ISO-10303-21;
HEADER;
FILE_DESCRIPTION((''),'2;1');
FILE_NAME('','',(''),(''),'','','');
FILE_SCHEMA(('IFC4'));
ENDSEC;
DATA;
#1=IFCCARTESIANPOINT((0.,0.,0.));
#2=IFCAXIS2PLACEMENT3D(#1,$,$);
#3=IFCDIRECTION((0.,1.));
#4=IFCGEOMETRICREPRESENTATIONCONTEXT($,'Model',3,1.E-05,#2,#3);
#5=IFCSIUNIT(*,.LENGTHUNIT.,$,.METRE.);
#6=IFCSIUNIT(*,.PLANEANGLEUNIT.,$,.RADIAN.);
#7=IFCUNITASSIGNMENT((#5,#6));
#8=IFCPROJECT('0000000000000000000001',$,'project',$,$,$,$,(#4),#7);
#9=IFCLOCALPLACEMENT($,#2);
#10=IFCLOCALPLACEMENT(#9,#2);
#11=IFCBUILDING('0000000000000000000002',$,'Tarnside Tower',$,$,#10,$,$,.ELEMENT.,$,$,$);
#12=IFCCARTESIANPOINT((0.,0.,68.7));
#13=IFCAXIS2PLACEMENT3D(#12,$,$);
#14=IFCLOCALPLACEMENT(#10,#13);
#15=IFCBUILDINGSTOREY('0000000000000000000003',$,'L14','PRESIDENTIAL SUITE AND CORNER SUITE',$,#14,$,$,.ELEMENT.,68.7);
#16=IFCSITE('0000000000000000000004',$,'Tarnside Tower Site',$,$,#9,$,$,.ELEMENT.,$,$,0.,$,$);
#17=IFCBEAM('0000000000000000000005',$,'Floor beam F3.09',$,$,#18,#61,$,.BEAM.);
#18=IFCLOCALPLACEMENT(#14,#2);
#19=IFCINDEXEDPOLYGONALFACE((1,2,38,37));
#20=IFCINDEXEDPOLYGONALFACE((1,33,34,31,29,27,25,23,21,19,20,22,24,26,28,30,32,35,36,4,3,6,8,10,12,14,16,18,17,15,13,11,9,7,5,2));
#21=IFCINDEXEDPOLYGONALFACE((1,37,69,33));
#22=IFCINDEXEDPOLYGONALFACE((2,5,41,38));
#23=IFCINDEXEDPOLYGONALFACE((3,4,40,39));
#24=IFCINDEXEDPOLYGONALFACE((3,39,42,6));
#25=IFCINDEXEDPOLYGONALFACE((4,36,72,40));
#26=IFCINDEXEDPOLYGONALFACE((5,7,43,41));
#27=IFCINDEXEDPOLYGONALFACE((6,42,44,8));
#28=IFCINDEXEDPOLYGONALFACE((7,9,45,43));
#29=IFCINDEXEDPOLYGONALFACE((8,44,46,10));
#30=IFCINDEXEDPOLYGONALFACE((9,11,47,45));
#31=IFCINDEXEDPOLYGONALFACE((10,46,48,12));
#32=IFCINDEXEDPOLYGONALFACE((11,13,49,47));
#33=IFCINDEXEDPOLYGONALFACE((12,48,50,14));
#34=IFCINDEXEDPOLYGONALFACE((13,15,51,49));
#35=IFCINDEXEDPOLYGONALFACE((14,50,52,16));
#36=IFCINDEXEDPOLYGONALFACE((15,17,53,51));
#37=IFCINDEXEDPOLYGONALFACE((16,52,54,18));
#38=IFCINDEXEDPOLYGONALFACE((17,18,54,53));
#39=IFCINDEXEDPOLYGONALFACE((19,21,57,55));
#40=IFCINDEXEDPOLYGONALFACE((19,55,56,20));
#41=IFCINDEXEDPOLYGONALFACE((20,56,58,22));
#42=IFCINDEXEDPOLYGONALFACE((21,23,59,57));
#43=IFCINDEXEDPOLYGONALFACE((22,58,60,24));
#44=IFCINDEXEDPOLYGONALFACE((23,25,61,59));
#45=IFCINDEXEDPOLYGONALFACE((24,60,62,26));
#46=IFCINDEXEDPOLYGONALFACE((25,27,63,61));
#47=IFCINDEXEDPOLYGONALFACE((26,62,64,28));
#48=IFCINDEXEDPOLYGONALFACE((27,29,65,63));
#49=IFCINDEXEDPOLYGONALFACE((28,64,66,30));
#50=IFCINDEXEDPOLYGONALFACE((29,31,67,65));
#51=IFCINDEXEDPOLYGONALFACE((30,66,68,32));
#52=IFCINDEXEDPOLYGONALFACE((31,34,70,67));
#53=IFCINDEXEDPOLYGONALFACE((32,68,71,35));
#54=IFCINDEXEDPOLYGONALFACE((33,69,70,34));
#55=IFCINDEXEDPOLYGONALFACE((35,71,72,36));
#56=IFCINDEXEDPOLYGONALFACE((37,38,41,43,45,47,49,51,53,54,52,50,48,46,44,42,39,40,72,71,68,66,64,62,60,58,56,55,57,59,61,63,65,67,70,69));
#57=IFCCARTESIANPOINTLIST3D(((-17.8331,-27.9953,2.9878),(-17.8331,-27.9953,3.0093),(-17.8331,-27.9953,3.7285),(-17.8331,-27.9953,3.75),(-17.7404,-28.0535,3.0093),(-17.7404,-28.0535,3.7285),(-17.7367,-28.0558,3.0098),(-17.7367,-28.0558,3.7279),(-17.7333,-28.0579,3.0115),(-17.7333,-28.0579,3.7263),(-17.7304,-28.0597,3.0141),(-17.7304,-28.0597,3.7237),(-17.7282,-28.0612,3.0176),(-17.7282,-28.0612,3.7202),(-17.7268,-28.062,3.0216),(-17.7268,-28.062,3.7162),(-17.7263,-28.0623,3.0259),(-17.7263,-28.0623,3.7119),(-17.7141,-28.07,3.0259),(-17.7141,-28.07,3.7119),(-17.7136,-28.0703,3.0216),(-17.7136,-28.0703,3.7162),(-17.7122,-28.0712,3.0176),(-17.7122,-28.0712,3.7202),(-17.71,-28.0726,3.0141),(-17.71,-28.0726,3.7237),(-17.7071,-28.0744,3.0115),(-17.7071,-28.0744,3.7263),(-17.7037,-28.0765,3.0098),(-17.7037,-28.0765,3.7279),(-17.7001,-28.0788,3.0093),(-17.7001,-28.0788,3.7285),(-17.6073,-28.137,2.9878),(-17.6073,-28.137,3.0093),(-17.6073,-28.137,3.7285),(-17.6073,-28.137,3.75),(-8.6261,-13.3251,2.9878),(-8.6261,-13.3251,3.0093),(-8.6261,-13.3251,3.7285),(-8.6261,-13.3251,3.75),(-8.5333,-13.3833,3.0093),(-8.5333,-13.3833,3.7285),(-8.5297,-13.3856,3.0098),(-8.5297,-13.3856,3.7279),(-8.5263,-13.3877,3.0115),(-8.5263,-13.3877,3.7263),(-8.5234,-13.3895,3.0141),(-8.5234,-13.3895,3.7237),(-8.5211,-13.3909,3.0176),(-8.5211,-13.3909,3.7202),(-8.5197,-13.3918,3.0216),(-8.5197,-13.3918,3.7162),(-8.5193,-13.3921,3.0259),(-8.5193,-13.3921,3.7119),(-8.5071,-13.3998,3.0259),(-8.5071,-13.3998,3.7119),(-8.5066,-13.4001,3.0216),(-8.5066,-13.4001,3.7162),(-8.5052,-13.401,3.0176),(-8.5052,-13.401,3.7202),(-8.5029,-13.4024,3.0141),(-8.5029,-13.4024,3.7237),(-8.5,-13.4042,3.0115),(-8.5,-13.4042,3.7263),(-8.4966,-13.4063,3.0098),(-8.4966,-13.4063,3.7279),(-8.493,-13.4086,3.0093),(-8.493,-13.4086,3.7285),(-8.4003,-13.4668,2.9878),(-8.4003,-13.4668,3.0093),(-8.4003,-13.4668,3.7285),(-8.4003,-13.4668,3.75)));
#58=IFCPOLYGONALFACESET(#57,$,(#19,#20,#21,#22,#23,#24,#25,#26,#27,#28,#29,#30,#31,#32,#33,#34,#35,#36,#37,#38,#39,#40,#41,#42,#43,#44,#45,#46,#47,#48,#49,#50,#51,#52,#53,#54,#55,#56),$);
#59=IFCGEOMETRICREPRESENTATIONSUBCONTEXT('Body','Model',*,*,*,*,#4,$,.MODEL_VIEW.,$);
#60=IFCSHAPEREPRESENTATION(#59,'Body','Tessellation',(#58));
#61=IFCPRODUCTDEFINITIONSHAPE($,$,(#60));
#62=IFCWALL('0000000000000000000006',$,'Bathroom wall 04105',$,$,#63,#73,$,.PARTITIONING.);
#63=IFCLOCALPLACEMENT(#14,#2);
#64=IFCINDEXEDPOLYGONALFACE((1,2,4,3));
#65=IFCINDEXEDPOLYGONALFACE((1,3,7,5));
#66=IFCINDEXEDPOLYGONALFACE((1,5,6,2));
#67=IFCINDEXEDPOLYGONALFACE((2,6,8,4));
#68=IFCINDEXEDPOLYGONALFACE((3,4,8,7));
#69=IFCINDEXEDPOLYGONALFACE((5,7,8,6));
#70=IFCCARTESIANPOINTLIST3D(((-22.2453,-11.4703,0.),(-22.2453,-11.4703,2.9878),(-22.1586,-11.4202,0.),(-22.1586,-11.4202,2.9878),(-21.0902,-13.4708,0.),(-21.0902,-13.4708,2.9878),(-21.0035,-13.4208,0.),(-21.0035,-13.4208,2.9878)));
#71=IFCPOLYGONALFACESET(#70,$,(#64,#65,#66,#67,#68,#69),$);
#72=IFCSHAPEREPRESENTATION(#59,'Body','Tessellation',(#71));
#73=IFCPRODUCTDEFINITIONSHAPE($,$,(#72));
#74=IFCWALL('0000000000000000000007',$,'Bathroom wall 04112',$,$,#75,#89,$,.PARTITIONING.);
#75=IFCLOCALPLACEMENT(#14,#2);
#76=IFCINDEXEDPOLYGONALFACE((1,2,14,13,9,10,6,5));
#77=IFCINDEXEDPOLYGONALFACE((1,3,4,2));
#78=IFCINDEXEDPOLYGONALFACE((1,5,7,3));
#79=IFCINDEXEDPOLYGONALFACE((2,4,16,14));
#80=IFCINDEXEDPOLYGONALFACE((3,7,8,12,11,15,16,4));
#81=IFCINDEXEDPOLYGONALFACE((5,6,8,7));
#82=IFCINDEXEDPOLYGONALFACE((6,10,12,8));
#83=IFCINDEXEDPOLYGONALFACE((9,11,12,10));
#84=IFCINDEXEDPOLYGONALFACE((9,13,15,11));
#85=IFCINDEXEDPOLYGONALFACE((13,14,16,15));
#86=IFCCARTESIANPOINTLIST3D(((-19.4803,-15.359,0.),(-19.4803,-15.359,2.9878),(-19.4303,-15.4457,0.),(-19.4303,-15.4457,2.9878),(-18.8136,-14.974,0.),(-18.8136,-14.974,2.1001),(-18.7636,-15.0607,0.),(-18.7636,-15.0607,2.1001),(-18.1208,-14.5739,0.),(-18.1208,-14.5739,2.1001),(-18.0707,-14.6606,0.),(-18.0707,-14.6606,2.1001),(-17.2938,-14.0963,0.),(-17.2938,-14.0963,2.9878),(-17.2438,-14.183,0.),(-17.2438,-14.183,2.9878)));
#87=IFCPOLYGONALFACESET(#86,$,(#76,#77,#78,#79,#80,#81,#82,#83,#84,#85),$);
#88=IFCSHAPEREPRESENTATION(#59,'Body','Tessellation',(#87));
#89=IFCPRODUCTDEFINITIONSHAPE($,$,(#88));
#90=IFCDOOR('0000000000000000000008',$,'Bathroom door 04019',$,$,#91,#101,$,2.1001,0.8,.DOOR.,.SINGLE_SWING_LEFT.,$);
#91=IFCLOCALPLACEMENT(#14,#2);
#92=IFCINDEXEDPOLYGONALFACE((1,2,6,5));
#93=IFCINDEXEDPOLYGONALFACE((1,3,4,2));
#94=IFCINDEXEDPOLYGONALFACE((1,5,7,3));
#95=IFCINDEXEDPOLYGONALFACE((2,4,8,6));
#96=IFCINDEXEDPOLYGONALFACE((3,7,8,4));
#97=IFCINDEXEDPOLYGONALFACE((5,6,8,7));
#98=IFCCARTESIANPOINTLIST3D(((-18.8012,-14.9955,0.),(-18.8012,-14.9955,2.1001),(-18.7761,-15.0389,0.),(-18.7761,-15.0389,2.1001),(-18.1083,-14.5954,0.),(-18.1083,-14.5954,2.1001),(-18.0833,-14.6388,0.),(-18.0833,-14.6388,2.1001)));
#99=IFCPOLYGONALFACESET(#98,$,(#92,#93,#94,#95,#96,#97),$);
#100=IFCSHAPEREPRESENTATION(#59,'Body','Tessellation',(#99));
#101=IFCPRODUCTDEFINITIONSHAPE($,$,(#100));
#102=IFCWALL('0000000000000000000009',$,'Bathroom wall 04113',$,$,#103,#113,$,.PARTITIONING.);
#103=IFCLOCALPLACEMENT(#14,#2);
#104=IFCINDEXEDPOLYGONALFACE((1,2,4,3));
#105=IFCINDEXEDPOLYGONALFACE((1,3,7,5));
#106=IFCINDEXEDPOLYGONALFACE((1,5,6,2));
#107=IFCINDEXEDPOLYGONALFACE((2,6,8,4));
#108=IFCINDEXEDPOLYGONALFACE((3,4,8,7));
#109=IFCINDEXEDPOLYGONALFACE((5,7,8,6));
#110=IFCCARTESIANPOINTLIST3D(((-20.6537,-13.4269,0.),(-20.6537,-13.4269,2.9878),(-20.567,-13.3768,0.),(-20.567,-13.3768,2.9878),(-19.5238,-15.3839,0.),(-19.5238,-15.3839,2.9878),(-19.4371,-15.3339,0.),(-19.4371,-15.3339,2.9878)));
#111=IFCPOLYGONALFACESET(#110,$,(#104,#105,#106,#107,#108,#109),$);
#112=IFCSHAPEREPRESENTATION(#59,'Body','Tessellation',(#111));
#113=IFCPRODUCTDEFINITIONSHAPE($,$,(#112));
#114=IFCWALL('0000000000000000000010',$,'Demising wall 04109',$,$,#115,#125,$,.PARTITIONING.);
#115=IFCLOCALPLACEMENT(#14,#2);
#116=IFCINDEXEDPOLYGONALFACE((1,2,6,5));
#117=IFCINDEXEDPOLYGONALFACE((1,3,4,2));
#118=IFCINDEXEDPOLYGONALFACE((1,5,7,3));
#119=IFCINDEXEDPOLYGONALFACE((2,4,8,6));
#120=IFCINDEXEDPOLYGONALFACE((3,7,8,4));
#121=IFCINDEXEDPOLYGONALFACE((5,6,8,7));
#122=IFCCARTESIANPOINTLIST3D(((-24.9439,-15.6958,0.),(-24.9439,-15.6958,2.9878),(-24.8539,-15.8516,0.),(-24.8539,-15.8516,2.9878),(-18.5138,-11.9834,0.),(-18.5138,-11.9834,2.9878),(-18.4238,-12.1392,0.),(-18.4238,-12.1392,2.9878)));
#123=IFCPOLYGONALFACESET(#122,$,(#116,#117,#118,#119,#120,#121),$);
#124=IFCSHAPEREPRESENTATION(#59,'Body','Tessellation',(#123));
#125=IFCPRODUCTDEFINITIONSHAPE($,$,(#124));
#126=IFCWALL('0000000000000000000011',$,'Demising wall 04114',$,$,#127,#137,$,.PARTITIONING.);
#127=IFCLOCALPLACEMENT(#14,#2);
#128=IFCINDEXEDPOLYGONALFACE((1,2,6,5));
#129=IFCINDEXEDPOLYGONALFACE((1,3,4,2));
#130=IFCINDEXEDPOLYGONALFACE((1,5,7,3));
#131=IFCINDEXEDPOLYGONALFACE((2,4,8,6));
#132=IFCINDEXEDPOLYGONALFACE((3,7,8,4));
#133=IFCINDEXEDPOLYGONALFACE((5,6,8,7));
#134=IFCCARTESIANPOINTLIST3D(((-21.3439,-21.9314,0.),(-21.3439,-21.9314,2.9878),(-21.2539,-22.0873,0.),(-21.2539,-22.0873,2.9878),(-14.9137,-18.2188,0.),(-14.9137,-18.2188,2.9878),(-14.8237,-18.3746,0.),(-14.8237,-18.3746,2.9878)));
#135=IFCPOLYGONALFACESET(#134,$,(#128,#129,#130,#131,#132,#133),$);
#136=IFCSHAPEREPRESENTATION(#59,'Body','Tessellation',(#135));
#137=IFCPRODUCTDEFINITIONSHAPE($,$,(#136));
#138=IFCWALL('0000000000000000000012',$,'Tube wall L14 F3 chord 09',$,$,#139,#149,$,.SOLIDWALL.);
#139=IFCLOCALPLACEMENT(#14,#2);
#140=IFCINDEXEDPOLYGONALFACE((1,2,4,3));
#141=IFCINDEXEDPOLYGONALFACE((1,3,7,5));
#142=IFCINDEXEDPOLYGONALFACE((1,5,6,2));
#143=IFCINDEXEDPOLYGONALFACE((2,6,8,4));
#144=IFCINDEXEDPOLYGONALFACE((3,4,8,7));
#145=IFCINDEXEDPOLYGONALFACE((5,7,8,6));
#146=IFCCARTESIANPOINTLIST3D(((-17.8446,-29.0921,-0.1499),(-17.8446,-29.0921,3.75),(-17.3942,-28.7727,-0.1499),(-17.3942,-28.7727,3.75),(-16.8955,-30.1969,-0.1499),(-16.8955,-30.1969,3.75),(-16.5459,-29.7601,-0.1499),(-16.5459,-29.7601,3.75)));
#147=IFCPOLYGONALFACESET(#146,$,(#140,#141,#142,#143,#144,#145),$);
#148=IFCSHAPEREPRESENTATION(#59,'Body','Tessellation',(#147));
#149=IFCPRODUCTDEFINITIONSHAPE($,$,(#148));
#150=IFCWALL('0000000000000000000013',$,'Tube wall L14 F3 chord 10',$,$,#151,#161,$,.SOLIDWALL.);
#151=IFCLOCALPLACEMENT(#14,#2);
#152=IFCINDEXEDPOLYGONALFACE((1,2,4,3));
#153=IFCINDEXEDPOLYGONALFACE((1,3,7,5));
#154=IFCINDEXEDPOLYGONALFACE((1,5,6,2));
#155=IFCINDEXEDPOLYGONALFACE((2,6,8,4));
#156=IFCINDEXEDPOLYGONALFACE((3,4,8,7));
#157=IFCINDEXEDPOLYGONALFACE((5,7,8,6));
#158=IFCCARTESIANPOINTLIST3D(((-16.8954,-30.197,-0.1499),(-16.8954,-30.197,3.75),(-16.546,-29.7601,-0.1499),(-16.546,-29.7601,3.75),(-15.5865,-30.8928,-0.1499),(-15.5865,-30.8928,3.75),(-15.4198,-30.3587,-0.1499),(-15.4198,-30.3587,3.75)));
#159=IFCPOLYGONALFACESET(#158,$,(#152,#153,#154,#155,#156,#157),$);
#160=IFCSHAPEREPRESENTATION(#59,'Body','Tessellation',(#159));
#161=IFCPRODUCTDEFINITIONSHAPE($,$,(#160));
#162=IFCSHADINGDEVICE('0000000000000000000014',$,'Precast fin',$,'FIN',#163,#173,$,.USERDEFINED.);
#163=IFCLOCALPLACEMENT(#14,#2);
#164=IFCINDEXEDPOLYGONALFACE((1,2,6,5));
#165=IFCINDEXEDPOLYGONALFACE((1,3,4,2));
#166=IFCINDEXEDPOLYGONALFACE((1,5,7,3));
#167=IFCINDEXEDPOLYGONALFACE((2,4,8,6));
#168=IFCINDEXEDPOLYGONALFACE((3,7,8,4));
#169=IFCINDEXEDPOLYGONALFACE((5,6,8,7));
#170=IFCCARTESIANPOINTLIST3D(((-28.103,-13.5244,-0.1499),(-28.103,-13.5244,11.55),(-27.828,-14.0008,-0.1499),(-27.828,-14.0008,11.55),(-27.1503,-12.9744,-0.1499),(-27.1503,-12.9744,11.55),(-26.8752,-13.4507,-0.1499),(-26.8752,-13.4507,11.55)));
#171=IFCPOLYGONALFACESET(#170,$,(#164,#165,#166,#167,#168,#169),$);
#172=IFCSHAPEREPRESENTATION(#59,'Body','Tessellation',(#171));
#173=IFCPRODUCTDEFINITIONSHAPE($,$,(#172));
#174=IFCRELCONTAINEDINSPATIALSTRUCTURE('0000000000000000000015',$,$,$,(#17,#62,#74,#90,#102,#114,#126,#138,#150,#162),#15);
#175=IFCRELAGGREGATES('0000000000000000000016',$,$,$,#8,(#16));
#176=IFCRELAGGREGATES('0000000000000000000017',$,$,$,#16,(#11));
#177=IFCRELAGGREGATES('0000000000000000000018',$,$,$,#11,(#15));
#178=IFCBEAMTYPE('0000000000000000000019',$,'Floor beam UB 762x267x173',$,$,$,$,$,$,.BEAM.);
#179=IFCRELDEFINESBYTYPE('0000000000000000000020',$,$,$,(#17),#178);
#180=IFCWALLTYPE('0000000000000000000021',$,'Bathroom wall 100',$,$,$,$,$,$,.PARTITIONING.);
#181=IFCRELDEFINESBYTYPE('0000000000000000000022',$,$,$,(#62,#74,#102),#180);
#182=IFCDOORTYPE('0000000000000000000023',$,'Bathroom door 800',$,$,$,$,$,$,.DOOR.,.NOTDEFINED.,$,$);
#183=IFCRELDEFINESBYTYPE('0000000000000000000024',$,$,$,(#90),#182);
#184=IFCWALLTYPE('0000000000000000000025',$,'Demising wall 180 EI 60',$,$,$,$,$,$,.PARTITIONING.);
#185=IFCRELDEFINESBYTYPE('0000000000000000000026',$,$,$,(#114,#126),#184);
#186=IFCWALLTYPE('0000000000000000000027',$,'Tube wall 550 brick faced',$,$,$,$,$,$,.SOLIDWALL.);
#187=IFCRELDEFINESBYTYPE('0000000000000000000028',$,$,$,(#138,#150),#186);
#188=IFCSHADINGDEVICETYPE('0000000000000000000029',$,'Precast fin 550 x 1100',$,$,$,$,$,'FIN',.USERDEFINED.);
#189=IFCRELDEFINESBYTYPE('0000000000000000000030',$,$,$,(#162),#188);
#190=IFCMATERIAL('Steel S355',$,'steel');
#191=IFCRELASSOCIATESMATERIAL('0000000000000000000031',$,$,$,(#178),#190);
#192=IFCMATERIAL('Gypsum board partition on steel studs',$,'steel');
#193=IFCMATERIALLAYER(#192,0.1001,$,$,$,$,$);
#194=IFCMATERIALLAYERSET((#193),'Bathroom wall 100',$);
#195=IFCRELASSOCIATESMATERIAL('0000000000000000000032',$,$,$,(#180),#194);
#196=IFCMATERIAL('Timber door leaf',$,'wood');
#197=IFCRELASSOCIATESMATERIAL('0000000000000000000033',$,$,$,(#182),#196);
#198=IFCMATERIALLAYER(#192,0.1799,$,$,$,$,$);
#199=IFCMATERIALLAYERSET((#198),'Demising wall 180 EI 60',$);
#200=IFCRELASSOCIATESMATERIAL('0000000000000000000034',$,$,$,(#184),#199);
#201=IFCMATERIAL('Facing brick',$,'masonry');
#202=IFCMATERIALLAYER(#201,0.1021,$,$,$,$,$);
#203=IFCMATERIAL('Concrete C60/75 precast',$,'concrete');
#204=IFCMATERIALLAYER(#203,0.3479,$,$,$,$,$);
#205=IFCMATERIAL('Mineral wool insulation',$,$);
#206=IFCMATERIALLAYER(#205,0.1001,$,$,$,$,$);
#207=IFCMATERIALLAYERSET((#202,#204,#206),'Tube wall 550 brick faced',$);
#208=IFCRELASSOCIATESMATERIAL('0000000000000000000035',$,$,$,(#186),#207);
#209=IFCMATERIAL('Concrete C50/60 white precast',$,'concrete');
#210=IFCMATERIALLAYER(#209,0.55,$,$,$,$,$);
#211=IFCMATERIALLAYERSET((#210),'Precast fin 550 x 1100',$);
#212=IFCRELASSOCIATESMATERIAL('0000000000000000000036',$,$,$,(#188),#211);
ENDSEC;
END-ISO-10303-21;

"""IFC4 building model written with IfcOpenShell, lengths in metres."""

from ifc_helpers import new_model, si_unit, direction, frame, frame_2d, origin, origin_2d, place, context, subcontext, project, spatial, polyline, rectangle, i_section, outline, extrude, material, layer, layer_set, material_profile, profile_set, type_object, element, fill, save


model = new_model("IFC4")

# Units and contexts
model_context = context("Model", 3, precision=1e-05, world=origin(), true_north=direction((0.0, 1.0)))
body_context = subcontext(model_context, "Body", "Model", "MODEL_VIEW")
ifc_project = project(units=[si_unit("LENGTHUNIT", "METRE"), si_unit("PLANEANGLEUNIT", "RADIAN")], contexts=[model_context])

# Site, building, storey
site_placement = place(None, origin())
site = spatial("IfcSite", under=ifc_project, at=site_placement, Name="Tarnside Tower Site", CompositionType="ELEMENT", RefElevation=0.0)
building_placement = place(site_placement, origin())
building = spatial("IfcBuilding", under=site, at=building_placement, Name="Tarnside Tower", CompositionType="ELEMENT")
storey_placement = place(building_placement, frame((0.0, 0.0, 68.7)))
storey = spatial("IfcBuildingStorey", under=building, at=storey_placement, Name="L14", Description="PRESIDENTIAL SUITE AND CORNER SUITE", CompositionType="ELEMENT", Elevation=68.7)

# Beam
ifc_material_1 = material(Name="Steel S355", Category="steel")
ifc_material_profile_1 = material_profile(ifc_material_1, i_section(OverallWidth=0.2666, OverallDepth=0.7622, WebThickness=0.0144, FlangeThickness=0.0215, FilletRadius=0.0166, at=origin_2d()), Name="UB 762x267x173")
ifc_profile_set_1 = profile_set([ifc_material_profile_1], Name="Steel S355")
beam_type_1 = type_object("IfcBeamType", Name="Floor beam UB 762x267x173", PredefinedType="BEAM", material=ifc_profile_set_1)
beam_1_placement = place(storey_placement, frame((-17.7202, -28.0662, 3.3689), z_axis=(0.531583, 0.847006, 0.0), x_axis=(-0.847006, 0.531583, 0.0)))
element("IfcBeam", 1, at=beam_1_placement, inside=storey, type_object=beam_type_1, Name="Floor beam F3.09", PredefinedType="BEAM", context=body_context, shape_type="SweptSolid", body=[
    extrude(i_section(OverallWidth=0.2666, OverallDepth=0.7622, WebThickness=0.0144, FlangeThickness=0.0215, FilletRadius=0.0166, at=origin_2d()), origin(), (0.0, 0.0, 1.0), 17.3201),
])

# Wall
ifc_material_2 = material(Name="Gypsum board partition on steel studs", Category="steel")
ifc_layer_1 = layer(ifc_material_2, 0.1001)
ifc_layer_set_1 = layer_set([ifc_layer_1], Name="Bathroom wall 100")
wall_type_1 = type_object("IfcWallType", Name="Bathroom wall 100", PredefinedType="PARTITIONING", material=ifc_layer_set_1)
wall_1_placement = place(storey_placement, frame((-21.0469, -13.4458, 0.0), z_axis=(0.0, 0.0, 1.0), x_axis=(-0.500015, 0.866017, 0.0)))
element("IfcWall", 2, at=wall_1_placement, inside=storey, type_object=wall_type_1, Name="Bathroom wall 04105", PredefinedType="PARTITIONING", context=body_context, shape_type="SweptSolid", body=[
    extrude(rectangle(XDim=2.3101, YDim=0.1001, at=frame_2d((1.155, 0.0))), origin(), (0.0, 0.0, 1.0), 2.9878),
])

# Wall, opening, door
wall_2_placement = place(storey_placement, frame((-17.2688, -14.1396, 0.0), z_axis=(0.0, 0.0, 1.0), x_axis=(-0.865973, -0.500091, 0.0)))
wall_2 = element("IfcWall", 3, at=wall_2_placement, inside=storey, type_object=wall_type_1, Name="Bathroom wall 04112", PredefinedType="PARTITIONING", context=body_context, shape_type="SweptSolid", body=[
    extrude(rectangle(XDim=2.5249, YDim=0.1001, at=frame_2d((1.2625, 0.0))), origin(), (0.0, 0.0, 1.0), 2.9878),
])
opening_placement = place(wall_2_placement, frame((0.9551, 0.0, 0.0)))
opening = element("IfcOpeningElement", 4, at=opening_placement, cuts=wall_2, PredefinedType="OPENING", context=body_context, shape_type="SweptSolid", body=[
    extrude(rectangle(XDim=0.8, YDim=2.1001, at=frame_2d((0.3999, 1.05))), frame((0.0, 0.0601, 0.0), z_axis=(0.0, -1.0, 0.0), x_axis=(1.0, 0.0, 0.0)), (0.0, 0.0, 1.0), 0.1201),
])
ifc_material_3 = material(Name="Timber door leaf", Category="wood")
door_type = type_object("IfcDoorType", Name="Bathroom door 800", OperationType="NOTDEFINED", PredefinedType="DOOR", material=ifc_material_3)
door_placement = place(opening_placement, origin())
door = element("IfcDoor", 5, at=door_placement, inside=storey, type_object=door_type, Name="Bathroom door 04019", OperationType="SINGLE_SWING_LEFT", OverallHeight=2.1001, OverallWidth=0.8, PredefinedType="DOOR", context=body_context, shape_type="SweptSolid", body=[
    extrude(rectangle(XDim=0.8, YDim=2.1001, at=frame_2d((0.3999, 1.05))), frame((0.0, 0.0249, 0.0), z_axis=(0.0, -1.0, 0.0), x_axis=(1.0, 0.0, 0.0)), (0.0, 0.0, 1.0), 0.05),
])
fill(opening, door)

# Walls
wall_3_placement = place(storey_placement, frame((-19.4805, -15.3589, 0.0), z_axis=(0.0, 0.0, 1.0), x_axis=(-0.499997, 0.866027, 0.0)))
element("IfcWall", 6, at=wall_3_placement, inside=storey, type_object=wall_type_1, Name="Bathroom wall 04113", PredefinedType="PARTITIONING", context=body_context, shape_type="SweptSolid", body=[
    extrude(rectangle(XDim=2.2598, YDim=0.1001, at=frame_2d((1.1299, 0.0))), origin(), (0.0, 0.0, 1.0), 2.9878),
])
ifc_layer_2 = layer(ifc_material_2, 0.1799)
ifc_layer_set_2 = layer_set([ifc_layer_2], Name="Demising wall 180 EI 60")
wall_type_2 = type_object("IfcWallType", Name="Demising wall 180 EI 60", PredefinedType="PARTITIONING", material=ifc_layer_set_2)
wall_4_placement = place(storey_placement, frame((-24.8989, -15.7737, 0.0), z_axis=(0.0, 0.0, 1.0), x_axis=(0.866029, 0.499994, 0.0)))
element("IfcWall", 7, at=wall_4_placement, inside=storey, type_object=wall_type_2, Name="Demising wall 04109", PredefinedType="PARTITIONING", context=body_context, shape_type="SweptSolid", body=[
    extrude(rectangle(XDim=7.4248, YDim=0.1799, at=frame_2d((3.7124, 0.0))), origin(), (0.0, 0.0, 1.0), 2.9878),
])
wall_5_placement = place(storey_placement, frame((-21.2988, -22.0093, 0.0), z_axis=(0.0, 0.0, 1.0), x_axis=(0.866015, 0.500018, 0.0)))
element("IfcWall", 8, at=wall_5_placement, inside=storey, type_object=wall_type_2, Name="Demising wall 04114", PredefinedType="PARTITIONING", context=body_context, shape_type="SweptSolid", body=[
    extrude(rectangle(XDim=7.425, YDim=0.1799, at=frame_2d((3.7124, 0.0))), origin(), (0.0, 0.0, 1.0), 2.9878),
])
ifc_material_4 = material(Name="Facing brick", Category="masonry")
ifc_layer_3 = layer(ifc_material_4, 0.1021)
ifc_material_5 = material(Name="Concrete C60/75 precast", Category="concrete")
ifc_layer_4 = layer(ifc_material_5, 0.3479)
ifc_material_6 = material(Name="Mineral wool insulation")
ifc_layer_5 = layer(ifc_material_6, 0.1001)
ifc_layer_set_3 = layer_set([ifc_layer_3, ifc_layer_4, ifc_layer_5], Name="Tube wall 550 brick faced")
wall_type_3 = type_object("IfcWallType", Name="Tube wall 550 brick faced", PredefinedType="SOLIDWALL", material=ifc_layer_set_3)
wall_6_placement = place(storey_placement, frame((-17.6194, -28.9324, -0.1499), z_axis=(0.0, 0.0, 1.0), x_axis=(0.651622, -0.758544, 0.0)))
element("IfcWall", 9, at=wall_6_placement, inside=storey, type_object=wall_type_3, Name="Tube wall L14 F3 chord 09", PredefinedType="SOLIDWALL", context=body_context, shape_type="SweptSolid", body=[
    extrude(outline(polyline([(-0.0256, -0.2749), (1.4309, -0.2749), (1.3274, 0.2749), (0.0256, 0.2749), (-0.0256, -0.2749)])), origin(), (0.0, 0.0, 1.0), 3.8999),
])
wall_7_placement = place(storey_placement, frame((-16.7207, -29.9785, -0.1499), z_axis=(0.0, 0.0, 1.0), x_axis=(0.882994, -0.469384, 0.0)))
element("IfcWall", 10, at=wall_7_placement, inside=storey, type_object=wall_type_3, Name="Tube wall L14 F3 chord 10", PredefinedType="SOLIDWALL", context=body_context, shape_type="SweptSolid", body=[
    extrude(outline(polyline([(-0.0518, -0.2749), (1.4307, -0.2749), (1.3271, 0.2749), (0.0518, 0.2749), (-0.0518, -0.2749)])), origin(), (0.0, 0.0, 1.0), 3.8999),
])

# Shading device
ifc_material_7 = material(Name="Concrete C50/60 white precast", Category="concrete")
ifc_layer_6 = layer(ifc_material_7, 0.55)
ifc_layer_set_4 = layer_set([ifc_layer_6], Name="Precast fin 550 x 1100")
shading_device_type_1 = type_object("IfcShadingDeviceType", Name="Precast fin 550 x 1100", ElementType="FIN", PredefinedType="USERDEFINED", material=ifc_layer_set_4)
for number, where, z_axis, x_axis, name in (
    (11, (-27.0127, -13.2126, -0.1499), (-0.5, 0.866025, 0.0), (-0.866025, -0.5, 0.0), "Precast fin"),
):
    element("IfcShadingDevice", number, at=place(storey_placement, frame(where, z_axis=z_axis, x_axis=x_axis)), inside=storey, type_object=shading_device_type_1, Name=name, ObjectType="FIN", PredefinedType="USERDEFINED", context=body_context, shape_type="SweptSolid", body=[
        extrude(outline(polyline([(0.0, 0.0), (1.1001, 0.0), (1.1001, 11.7), (0.0, 11.7), (0.0, 0.0)])), frame((0.0, 0.0, -0.2749)), (0.0, 0.0, 1.0), 0.55),
    ])

save(model, "model.ifc")
